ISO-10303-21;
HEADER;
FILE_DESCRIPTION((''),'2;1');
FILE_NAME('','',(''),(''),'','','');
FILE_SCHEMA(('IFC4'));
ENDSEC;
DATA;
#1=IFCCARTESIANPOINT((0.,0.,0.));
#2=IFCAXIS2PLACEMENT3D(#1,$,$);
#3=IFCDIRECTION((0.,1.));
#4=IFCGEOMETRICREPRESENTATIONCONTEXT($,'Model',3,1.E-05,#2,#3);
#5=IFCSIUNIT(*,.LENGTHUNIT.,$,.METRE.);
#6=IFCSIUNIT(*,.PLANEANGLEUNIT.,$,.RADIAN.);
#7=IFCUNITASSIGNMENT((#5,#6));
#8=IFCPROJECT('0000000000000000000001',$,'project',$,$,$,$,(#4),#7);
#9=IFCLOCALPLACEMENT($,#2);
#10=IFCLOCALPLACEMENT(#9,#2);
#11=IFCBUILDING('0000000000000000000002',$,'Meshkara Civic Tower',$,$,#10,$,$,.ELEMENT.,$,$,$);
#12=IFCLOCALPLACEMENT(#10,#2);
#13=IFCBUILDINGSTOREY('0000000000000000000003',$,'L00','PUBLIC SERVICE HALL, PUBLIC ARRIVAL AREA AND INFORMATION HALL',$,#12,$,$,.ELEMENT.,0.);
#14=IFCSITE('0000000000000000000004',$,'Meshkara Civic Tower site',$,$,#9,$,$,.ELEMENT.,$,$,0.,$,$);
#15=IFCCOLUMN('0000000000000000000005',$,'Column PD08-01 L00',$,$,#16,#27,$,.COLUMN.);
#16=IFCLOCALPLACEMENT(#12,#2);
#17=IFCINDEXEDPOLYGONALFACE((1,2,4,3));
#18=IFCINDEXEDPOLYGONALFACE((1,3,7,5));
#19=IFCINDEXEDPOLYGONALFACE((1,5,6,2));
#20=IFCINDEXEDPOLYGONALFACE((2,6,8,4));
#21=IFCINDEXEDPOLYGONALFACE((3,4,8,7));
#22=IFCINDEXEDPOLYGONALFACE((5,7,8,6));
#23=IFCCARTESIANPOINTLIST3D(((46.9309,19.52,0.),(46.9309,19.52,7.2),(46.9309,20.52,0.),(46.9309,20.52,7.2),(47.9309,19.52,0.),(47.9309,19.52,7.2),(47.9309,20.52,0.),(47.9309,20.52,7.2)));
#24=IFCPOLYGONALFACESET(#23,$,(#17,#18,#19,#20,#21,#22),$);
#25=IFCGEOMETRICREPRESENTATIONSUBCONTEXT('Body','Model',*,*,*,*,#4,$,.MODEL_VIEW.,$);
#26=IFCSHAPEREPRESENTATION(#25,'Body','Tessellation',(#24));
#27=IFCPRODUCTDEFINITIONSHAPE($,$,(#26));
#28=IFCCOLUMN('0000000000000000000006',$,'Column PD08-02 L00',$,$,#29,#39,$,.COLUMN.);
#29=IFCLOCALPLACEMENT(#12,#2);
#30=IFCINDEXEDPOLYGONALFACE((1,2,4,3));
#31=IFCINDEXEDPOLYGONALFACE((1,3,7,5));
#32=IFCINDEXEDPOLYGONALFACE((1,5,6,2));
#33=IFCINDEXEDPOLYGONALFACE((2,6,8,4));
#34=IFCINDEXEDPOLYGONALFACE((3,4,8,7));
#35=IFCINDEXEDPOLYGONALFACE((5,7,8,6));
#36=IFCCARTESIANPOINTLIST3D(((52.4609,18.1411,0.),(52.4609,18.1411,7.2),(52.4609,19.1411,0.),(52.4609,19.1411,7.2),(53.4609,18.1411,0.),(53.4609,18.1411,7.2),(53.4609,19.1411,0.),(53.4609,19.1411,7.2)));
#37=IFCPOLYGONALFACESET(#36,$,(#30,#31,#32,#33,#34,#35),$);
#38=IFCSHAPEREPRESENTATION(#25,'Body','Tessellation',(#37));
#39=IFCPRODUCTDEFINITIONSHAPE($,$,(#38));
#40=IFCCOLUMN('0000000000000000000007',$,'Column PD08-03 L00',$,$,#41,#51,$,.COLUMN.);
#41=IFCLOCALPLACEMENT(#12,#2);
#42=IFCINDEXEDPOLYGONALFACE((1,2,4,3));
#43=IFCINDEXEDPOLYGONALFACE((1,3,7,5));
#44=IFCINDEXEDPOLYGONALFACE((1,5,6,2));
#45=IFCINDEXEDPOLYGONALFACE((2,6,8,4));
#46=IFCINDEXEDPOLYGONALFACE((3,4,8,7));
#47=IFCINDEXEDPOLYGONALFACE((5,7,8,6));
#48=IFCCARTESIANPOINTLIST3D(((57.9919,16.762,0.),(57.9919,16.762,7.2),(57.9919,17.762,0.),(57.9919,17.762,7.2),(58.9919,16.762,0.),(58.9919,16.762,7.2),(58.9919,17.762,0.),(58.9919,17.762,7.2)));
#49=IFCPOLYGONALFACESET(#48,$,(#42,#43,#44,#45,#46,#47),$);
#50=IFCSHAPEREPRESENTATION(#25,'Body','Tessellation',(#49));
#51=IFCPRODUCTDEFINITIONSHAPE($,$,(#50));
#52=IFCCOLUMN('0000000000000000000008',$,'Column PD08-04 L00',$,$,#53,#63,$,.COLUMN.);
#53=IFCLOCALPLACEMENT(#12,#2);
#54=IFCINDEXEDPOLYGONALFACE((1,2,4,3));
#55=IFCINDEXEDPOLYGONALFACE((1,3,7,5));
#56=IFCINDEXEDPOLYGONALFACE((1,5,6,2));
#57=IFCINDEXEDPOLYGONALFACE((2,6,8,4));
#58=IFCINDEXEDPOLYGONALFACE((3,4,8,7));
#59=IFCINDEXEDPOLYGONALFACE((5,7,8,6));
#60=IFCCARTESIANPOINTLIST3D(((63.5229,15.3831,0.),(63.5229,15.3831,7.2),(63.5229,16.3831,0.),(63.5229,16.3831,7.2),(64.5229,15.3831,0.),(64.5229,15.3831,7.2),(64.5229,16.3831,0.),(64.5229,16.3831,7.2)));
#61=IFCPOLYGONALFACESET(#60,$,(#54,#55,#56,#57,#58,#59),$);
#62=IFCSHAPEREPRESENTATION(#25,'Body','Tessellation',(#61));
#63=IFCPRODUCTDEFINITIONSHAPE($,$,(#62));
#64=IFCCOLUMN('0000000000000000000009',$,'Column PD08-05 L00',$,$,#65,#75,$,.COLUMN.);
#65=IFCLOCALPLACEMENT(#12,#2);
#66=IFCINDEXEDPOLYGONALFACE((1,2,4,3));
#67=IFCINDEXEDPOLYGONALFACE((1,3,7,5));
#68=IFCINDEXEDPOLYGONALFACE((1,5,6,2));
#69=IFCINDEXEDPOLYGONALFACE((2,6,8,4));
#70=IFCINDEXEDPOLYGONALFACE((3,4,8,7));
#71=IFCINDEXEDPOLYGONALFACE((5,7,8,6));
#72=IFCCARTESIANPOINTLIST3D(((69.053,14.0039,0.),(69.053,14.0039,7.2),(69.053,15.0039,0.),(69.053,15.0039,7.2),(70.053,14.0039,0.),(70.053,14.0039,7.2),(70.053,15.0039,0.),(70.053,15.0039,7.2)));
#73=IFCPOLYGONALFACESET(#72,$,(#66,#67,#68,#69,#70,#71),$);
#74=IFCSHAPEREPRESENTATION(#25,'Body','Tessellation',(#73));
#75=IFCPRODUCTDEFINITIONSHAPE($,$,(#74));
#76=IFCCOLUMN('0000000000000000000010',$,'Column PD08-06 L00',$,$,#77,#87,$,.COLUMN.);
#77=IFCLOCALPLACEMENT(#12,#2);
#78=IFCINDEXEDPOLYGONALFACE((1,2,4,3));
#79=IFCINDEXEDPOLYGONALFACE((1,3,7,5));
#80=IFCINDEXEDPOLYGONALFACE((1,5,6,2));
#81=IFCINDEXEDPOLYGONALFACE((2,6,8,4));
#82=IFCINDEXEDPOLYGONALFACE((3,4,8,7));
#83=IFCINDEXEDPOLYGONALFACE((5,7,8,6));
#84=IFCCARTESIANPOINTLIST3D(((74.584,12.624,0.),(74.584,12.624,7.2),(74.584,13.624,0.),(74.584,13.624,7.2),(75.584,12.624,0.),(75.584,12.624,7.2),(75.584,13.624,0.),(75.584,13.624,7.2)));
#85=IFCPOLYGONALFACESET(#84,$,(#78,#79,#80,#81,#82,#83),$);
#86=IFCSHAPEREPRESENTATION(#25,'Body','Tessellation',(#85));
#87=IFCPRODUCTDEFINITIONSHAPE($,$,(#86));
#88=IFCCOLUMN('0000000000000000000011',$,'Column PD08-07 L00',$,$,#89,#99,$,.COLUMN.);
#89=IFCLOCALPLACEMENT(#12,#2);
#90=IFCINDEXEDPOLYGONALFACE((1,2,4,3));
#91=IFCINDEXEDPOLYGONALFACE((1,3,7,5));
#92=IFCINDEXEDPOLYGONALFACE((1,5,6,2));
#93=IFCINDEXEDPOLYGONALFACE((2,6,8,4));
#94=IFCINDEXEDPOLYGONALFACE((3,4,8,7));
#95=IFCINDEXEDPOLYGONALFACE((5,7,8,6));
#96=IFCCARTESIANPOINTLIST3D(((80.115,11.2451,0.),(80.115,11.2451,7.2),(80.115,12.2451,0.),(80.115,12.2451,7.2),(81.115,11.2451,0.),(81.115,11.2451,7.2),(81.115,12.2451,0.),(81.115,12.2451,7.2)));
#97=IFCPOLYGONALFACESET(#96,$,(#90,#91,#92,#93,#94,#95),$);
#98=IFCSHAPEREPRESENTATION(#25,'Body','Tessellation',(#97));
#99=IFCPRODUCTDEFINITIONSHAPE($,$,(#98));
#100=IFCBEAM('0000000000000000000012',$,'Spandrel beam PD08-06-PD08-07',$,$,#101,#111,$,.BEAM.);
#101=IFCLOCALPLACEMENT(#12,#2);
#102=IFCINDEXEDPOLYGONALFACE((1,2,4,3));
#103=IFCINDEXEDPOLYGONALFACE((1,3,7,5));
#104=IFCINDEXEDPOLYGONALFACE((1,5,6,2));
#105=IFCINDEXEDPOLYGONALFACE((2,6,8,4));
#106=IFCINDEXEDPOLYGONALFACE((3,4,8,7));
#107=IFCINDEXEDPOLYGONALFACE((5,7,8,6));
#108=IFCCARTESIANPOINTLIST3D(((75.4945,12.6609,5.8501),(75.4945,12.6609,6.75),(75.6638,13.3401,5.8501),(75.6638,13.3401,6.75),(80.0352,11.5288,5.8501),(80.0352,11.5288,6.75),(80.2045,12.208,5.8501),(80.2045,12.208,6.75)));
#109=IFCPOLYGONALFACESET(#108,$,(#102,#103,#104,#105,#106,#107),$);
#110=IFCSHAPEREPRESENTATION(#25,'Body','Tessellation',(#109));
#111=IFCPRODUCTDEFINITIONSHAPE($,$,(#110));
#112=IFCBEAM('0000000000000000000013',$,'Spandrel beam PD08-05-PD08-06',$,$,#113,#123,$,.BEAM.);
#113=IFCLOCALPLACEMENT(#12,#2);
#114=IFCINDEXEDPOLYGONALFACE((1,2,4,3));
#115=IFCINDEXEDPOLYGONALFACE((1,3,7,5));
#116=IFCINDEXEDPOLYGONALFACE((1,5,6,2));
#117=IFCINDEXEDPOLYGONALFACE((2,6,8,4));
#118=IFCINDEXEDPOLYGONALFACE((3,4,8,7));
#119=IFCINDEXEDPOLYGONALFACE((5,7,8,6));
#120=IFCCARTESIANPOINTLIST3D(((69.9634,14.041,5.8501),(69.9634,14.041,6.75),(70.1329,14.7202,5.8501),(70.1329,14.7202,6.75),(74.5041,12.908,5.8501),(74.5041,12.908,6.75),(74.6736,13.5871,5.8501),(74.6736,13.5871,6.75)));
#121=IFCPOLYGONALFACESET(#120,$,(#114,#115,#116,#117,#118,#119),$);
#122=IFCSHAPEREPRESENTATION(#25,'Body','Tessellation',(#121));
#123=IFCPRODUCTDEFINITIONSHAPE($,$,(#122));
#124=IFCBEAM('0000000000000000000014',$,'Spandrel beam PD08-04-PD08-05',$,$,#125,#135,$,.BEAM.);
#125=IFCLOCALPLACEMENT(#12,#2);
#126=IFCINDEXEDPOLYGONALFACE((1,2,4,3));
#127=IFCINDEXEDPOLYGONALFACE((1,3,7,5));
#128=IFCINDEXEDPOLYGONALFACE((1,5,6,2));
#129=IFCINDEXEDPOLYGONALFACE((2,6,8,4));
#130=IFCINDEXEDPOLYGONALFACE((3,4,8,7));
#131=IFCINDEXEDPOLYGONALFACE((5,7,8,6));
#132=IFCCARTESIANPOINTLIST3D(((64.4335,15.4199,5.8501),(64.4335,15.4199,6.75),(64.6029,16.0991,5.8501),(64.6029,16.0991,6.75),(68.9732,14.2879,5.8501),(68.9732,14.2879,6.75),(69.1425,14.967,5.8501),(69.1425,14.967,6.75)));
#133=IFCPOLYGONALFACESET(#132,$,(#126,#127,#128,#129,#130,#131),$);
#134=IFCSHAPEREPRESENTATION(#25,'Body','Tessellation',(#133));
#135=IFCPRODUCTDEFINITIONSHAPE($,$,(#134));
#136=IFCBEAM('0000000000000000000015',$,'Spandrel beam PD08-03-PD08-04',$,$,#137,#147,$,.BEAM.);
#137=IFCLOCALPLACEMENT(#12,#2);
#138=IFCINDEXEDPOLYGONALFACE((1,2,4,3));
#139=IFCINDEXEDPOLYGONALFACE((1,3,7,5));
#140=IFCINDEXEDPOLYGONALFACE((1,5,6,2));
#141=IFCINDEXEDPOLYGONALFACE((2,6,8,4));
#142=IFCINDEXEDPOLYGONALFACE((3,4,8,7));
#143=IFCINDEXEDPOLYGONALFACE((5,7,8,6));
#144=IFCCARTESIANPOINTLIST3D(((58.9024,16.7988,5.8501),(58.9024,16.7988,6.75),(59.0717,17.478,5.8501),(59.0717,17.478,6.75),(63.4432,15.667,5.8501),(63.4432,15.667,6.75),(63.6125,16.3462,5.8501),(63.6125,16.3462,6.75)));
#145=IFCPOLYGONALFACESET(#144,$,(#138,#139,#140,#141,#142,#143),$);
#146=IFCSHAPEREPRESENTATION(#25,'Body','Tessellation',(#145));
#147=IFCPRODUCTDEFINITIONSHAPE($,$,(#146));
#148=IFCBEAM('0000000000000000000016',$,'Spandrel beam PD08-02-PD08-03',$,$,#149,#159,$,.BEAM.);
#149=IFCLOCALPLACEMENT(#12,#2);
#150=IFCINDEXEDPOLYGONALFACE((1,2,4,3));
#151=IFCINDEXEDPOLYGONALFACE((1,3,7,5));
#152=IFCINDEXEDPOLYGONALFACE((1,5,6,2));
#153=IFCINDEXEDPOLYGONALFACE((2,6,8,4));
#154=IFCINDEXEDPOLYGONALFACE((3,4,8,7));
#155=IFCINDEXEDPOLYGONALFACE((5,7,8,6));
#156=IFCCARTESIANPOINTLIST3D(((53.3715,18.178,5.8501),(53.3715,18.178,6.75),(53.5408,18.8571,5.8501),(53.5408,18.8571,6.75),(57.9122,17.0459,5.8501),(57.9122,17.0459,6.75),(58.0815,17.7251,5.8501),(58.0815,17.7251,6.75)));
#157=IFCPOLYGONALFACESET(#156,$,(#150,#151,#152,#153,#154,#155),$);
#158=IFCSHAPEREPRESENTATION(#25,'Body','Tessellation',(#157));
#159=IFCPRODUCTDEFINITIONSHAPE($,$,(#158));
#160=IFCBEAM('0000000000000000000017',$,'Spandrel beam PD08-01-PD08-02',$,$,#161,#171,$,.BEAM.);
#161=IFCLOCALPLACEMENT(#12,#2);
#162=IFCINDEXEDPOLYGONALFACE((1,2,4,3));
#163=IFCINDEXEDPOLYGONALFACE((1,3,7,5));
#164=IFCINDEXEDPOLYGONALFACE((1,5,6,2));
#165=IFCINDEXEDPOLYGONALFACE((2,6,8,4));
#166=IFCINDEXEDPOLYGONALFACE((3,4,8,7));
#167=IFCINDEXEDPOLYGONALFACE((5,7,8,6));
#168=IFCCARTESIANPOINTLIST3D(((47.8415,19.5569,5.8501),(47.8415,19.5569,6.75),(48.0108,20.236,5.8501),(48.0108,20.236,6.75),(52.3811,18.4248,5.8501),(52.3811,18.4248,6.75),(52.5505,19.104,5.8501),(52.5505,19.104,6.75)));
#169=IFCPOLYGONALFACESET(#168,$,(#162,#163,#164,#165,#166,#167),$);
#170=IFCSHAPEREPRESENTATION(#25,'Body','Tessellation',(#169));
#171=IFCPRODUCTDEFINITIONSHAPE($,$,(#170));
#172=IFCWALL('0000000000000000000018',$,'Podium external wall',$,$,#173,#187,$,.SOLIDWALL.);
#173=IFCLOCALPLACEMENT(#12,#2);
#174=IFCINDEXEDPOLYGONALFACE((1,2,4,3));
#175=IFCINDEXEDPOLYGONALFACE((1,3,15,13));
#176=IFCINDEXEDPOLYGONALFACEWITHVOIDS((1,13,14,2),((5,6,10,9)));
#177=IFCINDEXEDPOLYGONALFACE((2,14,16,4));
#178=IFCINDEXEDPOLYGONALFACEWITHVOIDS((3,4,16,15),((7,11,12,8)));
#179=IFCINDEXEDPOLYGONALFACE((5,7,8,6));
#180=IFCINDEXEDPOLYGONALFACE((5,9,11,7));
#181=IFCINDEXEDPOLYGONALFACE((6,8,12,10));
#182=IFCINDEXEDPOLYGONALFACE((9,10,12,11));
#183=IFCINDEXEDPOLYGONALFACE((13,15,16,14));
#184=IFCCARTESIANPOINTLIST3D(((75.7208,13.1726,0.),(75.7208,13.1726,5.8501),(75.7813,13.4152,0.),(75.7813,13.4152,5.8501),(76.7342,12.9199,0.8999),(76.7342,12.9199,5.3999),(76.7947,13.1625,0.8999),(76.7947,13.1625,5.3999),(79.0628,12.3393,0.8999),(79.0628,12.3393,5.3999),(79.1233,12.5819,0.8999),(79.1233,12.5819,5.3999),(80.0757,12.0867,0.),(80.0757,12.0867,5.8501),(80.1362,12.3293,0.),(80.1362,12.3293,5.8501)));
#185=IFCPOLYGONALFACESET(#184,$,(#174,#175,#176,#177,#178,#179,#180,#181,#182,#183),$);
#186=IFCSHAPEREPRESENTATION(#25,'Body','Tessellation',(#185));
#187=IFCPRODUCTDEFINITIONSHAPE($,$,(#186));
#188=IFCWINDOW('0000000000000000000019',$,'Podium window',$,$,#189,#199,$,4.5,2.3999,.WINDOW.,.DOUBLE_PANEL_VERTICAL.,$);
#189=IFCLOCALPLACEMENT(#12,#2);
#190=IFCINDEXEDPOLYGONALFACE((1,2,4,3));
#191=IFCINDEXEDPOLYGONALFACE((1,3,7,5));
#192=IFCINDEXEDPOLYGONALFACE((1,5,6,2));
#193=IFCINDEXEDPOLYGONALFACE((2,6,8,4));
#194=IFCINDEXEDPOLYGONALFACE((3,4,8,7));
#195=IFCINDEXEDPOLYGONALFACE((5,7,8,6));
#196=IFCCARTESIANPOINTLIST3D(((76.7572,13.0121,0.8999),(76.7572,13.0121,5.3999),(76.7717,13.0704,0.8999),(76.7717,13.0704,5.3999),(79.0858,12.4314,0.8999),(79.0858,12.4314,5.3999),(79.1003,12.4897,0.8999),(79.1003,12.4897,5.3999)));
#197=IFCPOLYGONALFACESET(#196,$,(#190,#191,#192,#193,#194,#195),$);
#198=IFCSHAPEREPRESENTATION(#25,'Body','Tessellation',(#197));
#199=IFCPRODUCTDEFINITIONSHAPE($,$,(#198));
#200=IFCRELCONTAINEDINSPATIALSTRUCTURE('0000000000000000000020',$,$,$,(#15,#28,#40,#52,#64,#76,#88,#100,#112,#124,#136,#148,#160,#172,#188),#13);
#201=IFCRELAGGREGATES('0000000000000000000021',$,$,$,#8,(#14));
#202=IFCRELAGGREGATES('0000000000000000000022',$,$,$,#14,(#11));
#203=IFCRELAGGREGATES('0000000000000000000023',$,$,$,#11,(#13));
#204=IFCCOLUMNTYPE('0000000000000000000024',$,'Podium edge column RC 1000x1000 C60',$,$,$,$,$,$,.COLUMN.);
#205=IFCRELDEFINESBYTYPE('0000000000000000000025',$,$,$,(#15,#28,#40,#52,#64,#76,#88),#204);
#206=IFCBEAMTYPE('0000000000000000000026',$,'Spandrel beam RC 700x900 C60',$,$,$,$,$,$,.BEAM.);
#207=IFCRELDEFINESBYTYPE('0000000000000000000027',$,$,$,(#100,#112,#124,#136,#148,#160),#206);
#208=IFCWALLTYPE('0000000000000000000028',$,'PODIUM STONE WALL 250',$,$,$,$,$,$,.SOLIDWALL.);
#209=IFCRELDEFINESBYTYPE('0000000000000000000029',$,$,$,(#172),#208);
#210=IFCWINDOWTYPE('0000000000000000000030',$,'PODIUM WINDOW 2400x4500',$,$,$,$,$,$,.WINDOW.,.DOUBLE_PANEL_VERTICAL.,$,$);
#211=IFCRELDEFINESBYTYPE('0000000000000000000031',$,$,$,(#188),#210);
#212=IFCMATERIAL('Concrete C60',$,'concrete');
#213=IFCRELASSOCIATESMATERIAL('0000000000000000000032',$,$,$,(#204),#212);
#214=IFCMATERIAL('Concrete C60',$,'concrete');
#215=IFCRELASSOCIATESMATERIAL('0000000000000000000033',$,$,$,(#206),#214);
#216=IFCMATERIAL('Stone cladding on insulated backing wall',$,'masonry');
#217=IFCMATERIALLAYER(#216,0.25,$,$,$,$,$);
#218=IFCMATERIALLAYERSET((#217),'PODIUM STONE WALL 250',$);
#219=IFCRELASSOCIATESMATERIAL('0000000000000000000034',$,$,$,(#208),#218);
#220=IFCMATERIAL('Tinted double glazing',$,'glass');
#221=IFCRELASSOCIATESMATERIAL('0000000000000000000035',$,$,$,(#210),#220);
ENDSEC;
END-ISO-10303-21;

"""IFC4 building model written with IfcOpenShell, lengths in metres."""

from ifc_helpers import new_model, si_unit, direction, frame, frame_2d, origin, origin_2d, place, context, subcontext, project, spatial, rectangle, extrude, material, layer, layer_set, material_profile, profile_set, type_object, element, fill, save


model = new_model("IFC4")

# Units and contexts
model_context = context("Model", 3, precision=1e-05, world=origin(), true_north=direction((0.0, 1.0)))
body_context = subcontext(model_context, "Body", "Model", "MODEL_VIEW")
ifc_project = project(units=[si_unit("LENGTHUNIT", "METRE"), si_unit("PLANEANGLEUNIT", "RADIAN")], contexts=[model_context])

# Site, building, storey
site_placement = place(None, origin())
site = spatial("IfcSite", under=ifc_project, at=site_placement, Name="Meshkara Civic Tower site", CompositionType="ELEMENT", RefElevation=0.0)
building_placement = place(site_placement, origin())
building = spatial("IfcBuilding", under=site, at=building_placement, Name="Meshkara Civic Tower", CompositionType="ELEMENT")
storey_placement = place(building_placement, origin())
storey = spatial("IfcBuildingStorey", under=building, at=storey_placement, Name="L00", Description="PUBLIC SERVICE HALL, PUBLIC ARRIVAL AREA AND INFORMATION HALL", CompositionType="ELEMENT", Elevation=0.0)

# Columns
ifc_material_1 = material(Name="Concrete C60", Category="concrete")
ifc_material_profile_1 = material_profile(ifc_material_1, rectangle(XDim=1.0, YDim=1.0, at=origin_2d()))
ifc_profile_set_1 = profile_set([ifc_material_profile_1], Name="Concrete C60")
column_type = type_object("IfcColumnType", Name="Podium edge column RC 1000x1000 C60", PredefinedType="COLUMN", material=ifc_profile_set_1)
for number, where, z_axis, x_axis, name in (
    (1, (47.4309, 20.02, 0.0), (0.0, 0.0, 1.0), (1.0, 0.0, 0.0), "Column PD08-01 L00"),
    (2, (52.9609, 18.6411, 0.0), (0.0, 0.0, 1.0), (1.0, 0.0, 0.0), "Column PD08-02 L00"),
    (3, (58.4919, 17.262, 0.0), (0.0, 0.0, 1.0), (1.0, 0.0, 0.0), "Column PD08-03 L00"),
    (4, (64.0229, 15.8831, 0.0), (0.0, 0.0, 1.0), (1.0, 0.0, 0.0), "Column PD08-04 L00"),
    (5, (69.553, 14.5039, 0.0), (0.0, 0.0, 1.0), (1.0, 0.0, 0.0), "Column PD08-05 L00"),
    (6, (75.084, 13.124, 0.0), (0.0, 0.0, 1.0), (1.0, 0.0, 0.0), "Column PD08-06 L00"),
    (7, (80.615, 11.7451, 0.0), (0.0, 0.0, 1.0), (1.0, 0.0, 0.0), "Column PD08-07 L00"),
):
    element("IfcColumn", number, at=place(storey_placement, frame(where, z_axis=z_axis, x_axis=x_axis)), inside=storey, type_object=column_type, Name=name, PredefinedType="COLUMN", context=body_context, shape_type="SweptSolid", body=[
        extrude(rectangle(XDim=1.0, YDim=1.0, at=origin_2d()), origin(), (0.0, 0.0, 1.0), 7.2),
    ])

# Beams
ifc_material_2 = material(Name="Concrete C60", Category="concrete")
ifc_material_profile_2 = material_profile(ifc_material_2, rectangle(XDim=0.7, YDim=0.8999, at=origin_2d()))
ifc_profile_set_2 = profile_set([ifc_material_profile_2], Name="Concrete C60")
beam_type = type_object("IfcBeamType", Name="Spandrel beam RC 700x900 C60", PredefinedType="BEAM", material=ifc_profile_set_2)
beam_1_placement = place(storey_placement, frame((80.1199, 11.8684, 6.3), z_axis=(-0.970299, 0.24191, 0.0), x_axis=(-0.24191, -0.970299, 0.0)))
element("IfcBeam", 8, at=beam_1_placement, inside=storey, type_object=beam_type, Name="Spandrel beam PD08-06-PD08-07", PredefinedType="BEAM", context=body_context, shape_type="SweptSolid", body=[
    extrude(rectangle(XDim=0.7, YDim=0.8999, at=origin_2d()), origin(), (0.0, 0.0, 1.0), 4.6797),
])
beam_2_placement = place(storey_placement, frame((74.5889, 13.2476, 6.3), z_axis=(-0.97025, 0.242106, 0.0), x_axis=(-0.242106, -0.97025, 0.0)))
element("IfcBeam", 9, at=beam_2_placement, inside=storey, type_object=beam_type, Name="Spandrel beam PD08-05-PD08-06", PredefinedType="BEAM", context=body_context, shape_type="SweptSolid", body=[
    extrude(rectangle(XDim=0.7, YDim=0.8999, at=origin_2d()), origin(), (0.0, 0.0, 1.0), 4.6799),
])
beam_3_placement = place(storey_placement, frame((69.0579, 14.6274, 6.3), z_axis=(-0.970287, 0.241959, 0.0), x_axis=(-0.241959, -0.970287, 0.0)))
element("IfcBeam", 10, at=beam_3_placement, inside=storey, type_object=beam_type, Name="Spandrel beam PD08-04-PD08-05", PredefinedType="BEAM", context=body_context, shape_type="SweptSolid", body=[
    extrude(rectangle(XDim=0.7, YDim=0.8999, at=origin_2d()), origin(), (0.0, 0.0, 1.0), 4.6787),
])
for number, where, z_axis, x_axis, name in (
    (11, (63.5278, 16.0066, 6.3), (-0.970311, 0.24186, 0.0), (-0.24186, -0.970311, 0.0), "Spandrel beam PD08-03-PD08-04"),
    (12, (57.9968, 17.3855, 6.3), (-0.970299, 0.24191, 0.0), (-0.24191, -0.970299, 0.0), "Spandrel beam PD08-02-PD08-03"),
):
    element("IfcBeam", number, at=place(storey_placement, frame(where, z_axis=z_axis, x_axis=x_axis)), inside=storey, type_object=beam_type, Name=name, PredefinedType="BEAM", context=body_context, shape_type="SweptSolid", body=[
        extrude(rectangle(XDim=0.7, YDim=0.8999, at=origin_2d()), origin(), (0.0, 0.0, 1.0), 4.6797),
    ])
beam_4_placement = place(storey_placement, frame((52.4658, 18.7644, 6.3), z_axis=(-0.970287, 0.241959, 0.0), x_axis=(-0.241959, -0.970287, 0.0)))
element("IfcBeam", 13, at=beam_4_placement, inside=storey, type_object=beam_type, Name="Spandrel beam PD08-01-PD08-02", PredefinedType="BEAM", context=body_context, shape_type="SweptSolid", body=[
    extrude(rectangle(XDim=0.7, YDim=0.8999, at=origin_2d()), origin(), (0.0, 0.0, 1.0), 4.6787),
])

# Wall, opening, window
ifc_material_3 = material(Name="Stone cladding on insulated backing wall", Category="masonry")
ifc_layer_1 = layer(ifc_material_3, 0.25)
ifc_layer_set_1 = layer_set([ifc_layer_1], Name="PODIUM STONE WALL 250")
wall_type_1 = type_object("IfcWallType", Name="PODIUM STONE WALL 250", PredefinedType="SOLIDWALL", material=ifc_layer_set_1)
wall_1_placement = place(storey_placement, frame((80.106, 12.208, 0.0), z_axis=(0.0, 0.0, 1.0), x_axis=(-0.97029, 0.241947, 0.0)))
wall_1 = element("IfcWall", 14, at=wall_1_placement, inside=storey, type_object=wall_type_1, Name="Podium external wall", PredefinedType="SOLIDWALL", context=body_context, shape_type="SweptSolid", body=[
    extrude(rectangle(XDim=4.4883, YDim=0.25, at=frame_2d((2.2441, 0.0))), origin(), (0.0, 0.0, 1.0), 5.8501),
])
opening_1_placement = place(wall_1_placement, frame((1.0439, 0.0, 0.8999)))
opening_1 = element("IfcOpeningElement", 15, at=opening_1_placement, cuts=wall_1, PredefinedType="OPENING", context=body_context, shape_type="SweptSolid", body=[
    extrude(rectangle(XDim=2.3999, YDim=4.5, at=frame_2d((1.2, 2.25))), frame((0.0, 0.135, 0.0), z_axis=(0.0, -1.0, 0.0), x_axis=(1.0, 0.0, 0.0)), (0.0, 0.0, 1.0), 0.27),
])
ifc_material_4 = material(Name="Tinted double glazing", Category="glass")
window_type_1 = type_object("IfcWindowType", Name="PODIUM WINDOW 2400x4500", PartitioningType="DOUBLE_PANEL_VERTICAL", PredefinedType="WINDOW", material=ifc_material_4)
window_1_placement = place(opening_1_placement, origin())
window_1 = element("IfcWindow", 16, at=window_1_placement, inside=storey, type_object=window_type_1, Name="Podium window", OverallHeight=4.5, OverallWidth=2.3999, PartitioningType="DOUBLE_PANEL_VERTICAL", PredefinedType="WINDOW", context=body_context, shape_type="SweptSolid", body=[
    extrude(rectangle(XDim=2.3999, YDim=4.5, at=frame_2d((1.2, 2.25))), frame((0.0, 0.03, 0.0), z_axis=(0.0, -1.0, 0.0), x_axis=(1.0, 0.0, 0.0)), (0.0, 0.0, 1.0), 0.0601),
])
fill(opening_1, window_1)

save(model, "model.ifc")
